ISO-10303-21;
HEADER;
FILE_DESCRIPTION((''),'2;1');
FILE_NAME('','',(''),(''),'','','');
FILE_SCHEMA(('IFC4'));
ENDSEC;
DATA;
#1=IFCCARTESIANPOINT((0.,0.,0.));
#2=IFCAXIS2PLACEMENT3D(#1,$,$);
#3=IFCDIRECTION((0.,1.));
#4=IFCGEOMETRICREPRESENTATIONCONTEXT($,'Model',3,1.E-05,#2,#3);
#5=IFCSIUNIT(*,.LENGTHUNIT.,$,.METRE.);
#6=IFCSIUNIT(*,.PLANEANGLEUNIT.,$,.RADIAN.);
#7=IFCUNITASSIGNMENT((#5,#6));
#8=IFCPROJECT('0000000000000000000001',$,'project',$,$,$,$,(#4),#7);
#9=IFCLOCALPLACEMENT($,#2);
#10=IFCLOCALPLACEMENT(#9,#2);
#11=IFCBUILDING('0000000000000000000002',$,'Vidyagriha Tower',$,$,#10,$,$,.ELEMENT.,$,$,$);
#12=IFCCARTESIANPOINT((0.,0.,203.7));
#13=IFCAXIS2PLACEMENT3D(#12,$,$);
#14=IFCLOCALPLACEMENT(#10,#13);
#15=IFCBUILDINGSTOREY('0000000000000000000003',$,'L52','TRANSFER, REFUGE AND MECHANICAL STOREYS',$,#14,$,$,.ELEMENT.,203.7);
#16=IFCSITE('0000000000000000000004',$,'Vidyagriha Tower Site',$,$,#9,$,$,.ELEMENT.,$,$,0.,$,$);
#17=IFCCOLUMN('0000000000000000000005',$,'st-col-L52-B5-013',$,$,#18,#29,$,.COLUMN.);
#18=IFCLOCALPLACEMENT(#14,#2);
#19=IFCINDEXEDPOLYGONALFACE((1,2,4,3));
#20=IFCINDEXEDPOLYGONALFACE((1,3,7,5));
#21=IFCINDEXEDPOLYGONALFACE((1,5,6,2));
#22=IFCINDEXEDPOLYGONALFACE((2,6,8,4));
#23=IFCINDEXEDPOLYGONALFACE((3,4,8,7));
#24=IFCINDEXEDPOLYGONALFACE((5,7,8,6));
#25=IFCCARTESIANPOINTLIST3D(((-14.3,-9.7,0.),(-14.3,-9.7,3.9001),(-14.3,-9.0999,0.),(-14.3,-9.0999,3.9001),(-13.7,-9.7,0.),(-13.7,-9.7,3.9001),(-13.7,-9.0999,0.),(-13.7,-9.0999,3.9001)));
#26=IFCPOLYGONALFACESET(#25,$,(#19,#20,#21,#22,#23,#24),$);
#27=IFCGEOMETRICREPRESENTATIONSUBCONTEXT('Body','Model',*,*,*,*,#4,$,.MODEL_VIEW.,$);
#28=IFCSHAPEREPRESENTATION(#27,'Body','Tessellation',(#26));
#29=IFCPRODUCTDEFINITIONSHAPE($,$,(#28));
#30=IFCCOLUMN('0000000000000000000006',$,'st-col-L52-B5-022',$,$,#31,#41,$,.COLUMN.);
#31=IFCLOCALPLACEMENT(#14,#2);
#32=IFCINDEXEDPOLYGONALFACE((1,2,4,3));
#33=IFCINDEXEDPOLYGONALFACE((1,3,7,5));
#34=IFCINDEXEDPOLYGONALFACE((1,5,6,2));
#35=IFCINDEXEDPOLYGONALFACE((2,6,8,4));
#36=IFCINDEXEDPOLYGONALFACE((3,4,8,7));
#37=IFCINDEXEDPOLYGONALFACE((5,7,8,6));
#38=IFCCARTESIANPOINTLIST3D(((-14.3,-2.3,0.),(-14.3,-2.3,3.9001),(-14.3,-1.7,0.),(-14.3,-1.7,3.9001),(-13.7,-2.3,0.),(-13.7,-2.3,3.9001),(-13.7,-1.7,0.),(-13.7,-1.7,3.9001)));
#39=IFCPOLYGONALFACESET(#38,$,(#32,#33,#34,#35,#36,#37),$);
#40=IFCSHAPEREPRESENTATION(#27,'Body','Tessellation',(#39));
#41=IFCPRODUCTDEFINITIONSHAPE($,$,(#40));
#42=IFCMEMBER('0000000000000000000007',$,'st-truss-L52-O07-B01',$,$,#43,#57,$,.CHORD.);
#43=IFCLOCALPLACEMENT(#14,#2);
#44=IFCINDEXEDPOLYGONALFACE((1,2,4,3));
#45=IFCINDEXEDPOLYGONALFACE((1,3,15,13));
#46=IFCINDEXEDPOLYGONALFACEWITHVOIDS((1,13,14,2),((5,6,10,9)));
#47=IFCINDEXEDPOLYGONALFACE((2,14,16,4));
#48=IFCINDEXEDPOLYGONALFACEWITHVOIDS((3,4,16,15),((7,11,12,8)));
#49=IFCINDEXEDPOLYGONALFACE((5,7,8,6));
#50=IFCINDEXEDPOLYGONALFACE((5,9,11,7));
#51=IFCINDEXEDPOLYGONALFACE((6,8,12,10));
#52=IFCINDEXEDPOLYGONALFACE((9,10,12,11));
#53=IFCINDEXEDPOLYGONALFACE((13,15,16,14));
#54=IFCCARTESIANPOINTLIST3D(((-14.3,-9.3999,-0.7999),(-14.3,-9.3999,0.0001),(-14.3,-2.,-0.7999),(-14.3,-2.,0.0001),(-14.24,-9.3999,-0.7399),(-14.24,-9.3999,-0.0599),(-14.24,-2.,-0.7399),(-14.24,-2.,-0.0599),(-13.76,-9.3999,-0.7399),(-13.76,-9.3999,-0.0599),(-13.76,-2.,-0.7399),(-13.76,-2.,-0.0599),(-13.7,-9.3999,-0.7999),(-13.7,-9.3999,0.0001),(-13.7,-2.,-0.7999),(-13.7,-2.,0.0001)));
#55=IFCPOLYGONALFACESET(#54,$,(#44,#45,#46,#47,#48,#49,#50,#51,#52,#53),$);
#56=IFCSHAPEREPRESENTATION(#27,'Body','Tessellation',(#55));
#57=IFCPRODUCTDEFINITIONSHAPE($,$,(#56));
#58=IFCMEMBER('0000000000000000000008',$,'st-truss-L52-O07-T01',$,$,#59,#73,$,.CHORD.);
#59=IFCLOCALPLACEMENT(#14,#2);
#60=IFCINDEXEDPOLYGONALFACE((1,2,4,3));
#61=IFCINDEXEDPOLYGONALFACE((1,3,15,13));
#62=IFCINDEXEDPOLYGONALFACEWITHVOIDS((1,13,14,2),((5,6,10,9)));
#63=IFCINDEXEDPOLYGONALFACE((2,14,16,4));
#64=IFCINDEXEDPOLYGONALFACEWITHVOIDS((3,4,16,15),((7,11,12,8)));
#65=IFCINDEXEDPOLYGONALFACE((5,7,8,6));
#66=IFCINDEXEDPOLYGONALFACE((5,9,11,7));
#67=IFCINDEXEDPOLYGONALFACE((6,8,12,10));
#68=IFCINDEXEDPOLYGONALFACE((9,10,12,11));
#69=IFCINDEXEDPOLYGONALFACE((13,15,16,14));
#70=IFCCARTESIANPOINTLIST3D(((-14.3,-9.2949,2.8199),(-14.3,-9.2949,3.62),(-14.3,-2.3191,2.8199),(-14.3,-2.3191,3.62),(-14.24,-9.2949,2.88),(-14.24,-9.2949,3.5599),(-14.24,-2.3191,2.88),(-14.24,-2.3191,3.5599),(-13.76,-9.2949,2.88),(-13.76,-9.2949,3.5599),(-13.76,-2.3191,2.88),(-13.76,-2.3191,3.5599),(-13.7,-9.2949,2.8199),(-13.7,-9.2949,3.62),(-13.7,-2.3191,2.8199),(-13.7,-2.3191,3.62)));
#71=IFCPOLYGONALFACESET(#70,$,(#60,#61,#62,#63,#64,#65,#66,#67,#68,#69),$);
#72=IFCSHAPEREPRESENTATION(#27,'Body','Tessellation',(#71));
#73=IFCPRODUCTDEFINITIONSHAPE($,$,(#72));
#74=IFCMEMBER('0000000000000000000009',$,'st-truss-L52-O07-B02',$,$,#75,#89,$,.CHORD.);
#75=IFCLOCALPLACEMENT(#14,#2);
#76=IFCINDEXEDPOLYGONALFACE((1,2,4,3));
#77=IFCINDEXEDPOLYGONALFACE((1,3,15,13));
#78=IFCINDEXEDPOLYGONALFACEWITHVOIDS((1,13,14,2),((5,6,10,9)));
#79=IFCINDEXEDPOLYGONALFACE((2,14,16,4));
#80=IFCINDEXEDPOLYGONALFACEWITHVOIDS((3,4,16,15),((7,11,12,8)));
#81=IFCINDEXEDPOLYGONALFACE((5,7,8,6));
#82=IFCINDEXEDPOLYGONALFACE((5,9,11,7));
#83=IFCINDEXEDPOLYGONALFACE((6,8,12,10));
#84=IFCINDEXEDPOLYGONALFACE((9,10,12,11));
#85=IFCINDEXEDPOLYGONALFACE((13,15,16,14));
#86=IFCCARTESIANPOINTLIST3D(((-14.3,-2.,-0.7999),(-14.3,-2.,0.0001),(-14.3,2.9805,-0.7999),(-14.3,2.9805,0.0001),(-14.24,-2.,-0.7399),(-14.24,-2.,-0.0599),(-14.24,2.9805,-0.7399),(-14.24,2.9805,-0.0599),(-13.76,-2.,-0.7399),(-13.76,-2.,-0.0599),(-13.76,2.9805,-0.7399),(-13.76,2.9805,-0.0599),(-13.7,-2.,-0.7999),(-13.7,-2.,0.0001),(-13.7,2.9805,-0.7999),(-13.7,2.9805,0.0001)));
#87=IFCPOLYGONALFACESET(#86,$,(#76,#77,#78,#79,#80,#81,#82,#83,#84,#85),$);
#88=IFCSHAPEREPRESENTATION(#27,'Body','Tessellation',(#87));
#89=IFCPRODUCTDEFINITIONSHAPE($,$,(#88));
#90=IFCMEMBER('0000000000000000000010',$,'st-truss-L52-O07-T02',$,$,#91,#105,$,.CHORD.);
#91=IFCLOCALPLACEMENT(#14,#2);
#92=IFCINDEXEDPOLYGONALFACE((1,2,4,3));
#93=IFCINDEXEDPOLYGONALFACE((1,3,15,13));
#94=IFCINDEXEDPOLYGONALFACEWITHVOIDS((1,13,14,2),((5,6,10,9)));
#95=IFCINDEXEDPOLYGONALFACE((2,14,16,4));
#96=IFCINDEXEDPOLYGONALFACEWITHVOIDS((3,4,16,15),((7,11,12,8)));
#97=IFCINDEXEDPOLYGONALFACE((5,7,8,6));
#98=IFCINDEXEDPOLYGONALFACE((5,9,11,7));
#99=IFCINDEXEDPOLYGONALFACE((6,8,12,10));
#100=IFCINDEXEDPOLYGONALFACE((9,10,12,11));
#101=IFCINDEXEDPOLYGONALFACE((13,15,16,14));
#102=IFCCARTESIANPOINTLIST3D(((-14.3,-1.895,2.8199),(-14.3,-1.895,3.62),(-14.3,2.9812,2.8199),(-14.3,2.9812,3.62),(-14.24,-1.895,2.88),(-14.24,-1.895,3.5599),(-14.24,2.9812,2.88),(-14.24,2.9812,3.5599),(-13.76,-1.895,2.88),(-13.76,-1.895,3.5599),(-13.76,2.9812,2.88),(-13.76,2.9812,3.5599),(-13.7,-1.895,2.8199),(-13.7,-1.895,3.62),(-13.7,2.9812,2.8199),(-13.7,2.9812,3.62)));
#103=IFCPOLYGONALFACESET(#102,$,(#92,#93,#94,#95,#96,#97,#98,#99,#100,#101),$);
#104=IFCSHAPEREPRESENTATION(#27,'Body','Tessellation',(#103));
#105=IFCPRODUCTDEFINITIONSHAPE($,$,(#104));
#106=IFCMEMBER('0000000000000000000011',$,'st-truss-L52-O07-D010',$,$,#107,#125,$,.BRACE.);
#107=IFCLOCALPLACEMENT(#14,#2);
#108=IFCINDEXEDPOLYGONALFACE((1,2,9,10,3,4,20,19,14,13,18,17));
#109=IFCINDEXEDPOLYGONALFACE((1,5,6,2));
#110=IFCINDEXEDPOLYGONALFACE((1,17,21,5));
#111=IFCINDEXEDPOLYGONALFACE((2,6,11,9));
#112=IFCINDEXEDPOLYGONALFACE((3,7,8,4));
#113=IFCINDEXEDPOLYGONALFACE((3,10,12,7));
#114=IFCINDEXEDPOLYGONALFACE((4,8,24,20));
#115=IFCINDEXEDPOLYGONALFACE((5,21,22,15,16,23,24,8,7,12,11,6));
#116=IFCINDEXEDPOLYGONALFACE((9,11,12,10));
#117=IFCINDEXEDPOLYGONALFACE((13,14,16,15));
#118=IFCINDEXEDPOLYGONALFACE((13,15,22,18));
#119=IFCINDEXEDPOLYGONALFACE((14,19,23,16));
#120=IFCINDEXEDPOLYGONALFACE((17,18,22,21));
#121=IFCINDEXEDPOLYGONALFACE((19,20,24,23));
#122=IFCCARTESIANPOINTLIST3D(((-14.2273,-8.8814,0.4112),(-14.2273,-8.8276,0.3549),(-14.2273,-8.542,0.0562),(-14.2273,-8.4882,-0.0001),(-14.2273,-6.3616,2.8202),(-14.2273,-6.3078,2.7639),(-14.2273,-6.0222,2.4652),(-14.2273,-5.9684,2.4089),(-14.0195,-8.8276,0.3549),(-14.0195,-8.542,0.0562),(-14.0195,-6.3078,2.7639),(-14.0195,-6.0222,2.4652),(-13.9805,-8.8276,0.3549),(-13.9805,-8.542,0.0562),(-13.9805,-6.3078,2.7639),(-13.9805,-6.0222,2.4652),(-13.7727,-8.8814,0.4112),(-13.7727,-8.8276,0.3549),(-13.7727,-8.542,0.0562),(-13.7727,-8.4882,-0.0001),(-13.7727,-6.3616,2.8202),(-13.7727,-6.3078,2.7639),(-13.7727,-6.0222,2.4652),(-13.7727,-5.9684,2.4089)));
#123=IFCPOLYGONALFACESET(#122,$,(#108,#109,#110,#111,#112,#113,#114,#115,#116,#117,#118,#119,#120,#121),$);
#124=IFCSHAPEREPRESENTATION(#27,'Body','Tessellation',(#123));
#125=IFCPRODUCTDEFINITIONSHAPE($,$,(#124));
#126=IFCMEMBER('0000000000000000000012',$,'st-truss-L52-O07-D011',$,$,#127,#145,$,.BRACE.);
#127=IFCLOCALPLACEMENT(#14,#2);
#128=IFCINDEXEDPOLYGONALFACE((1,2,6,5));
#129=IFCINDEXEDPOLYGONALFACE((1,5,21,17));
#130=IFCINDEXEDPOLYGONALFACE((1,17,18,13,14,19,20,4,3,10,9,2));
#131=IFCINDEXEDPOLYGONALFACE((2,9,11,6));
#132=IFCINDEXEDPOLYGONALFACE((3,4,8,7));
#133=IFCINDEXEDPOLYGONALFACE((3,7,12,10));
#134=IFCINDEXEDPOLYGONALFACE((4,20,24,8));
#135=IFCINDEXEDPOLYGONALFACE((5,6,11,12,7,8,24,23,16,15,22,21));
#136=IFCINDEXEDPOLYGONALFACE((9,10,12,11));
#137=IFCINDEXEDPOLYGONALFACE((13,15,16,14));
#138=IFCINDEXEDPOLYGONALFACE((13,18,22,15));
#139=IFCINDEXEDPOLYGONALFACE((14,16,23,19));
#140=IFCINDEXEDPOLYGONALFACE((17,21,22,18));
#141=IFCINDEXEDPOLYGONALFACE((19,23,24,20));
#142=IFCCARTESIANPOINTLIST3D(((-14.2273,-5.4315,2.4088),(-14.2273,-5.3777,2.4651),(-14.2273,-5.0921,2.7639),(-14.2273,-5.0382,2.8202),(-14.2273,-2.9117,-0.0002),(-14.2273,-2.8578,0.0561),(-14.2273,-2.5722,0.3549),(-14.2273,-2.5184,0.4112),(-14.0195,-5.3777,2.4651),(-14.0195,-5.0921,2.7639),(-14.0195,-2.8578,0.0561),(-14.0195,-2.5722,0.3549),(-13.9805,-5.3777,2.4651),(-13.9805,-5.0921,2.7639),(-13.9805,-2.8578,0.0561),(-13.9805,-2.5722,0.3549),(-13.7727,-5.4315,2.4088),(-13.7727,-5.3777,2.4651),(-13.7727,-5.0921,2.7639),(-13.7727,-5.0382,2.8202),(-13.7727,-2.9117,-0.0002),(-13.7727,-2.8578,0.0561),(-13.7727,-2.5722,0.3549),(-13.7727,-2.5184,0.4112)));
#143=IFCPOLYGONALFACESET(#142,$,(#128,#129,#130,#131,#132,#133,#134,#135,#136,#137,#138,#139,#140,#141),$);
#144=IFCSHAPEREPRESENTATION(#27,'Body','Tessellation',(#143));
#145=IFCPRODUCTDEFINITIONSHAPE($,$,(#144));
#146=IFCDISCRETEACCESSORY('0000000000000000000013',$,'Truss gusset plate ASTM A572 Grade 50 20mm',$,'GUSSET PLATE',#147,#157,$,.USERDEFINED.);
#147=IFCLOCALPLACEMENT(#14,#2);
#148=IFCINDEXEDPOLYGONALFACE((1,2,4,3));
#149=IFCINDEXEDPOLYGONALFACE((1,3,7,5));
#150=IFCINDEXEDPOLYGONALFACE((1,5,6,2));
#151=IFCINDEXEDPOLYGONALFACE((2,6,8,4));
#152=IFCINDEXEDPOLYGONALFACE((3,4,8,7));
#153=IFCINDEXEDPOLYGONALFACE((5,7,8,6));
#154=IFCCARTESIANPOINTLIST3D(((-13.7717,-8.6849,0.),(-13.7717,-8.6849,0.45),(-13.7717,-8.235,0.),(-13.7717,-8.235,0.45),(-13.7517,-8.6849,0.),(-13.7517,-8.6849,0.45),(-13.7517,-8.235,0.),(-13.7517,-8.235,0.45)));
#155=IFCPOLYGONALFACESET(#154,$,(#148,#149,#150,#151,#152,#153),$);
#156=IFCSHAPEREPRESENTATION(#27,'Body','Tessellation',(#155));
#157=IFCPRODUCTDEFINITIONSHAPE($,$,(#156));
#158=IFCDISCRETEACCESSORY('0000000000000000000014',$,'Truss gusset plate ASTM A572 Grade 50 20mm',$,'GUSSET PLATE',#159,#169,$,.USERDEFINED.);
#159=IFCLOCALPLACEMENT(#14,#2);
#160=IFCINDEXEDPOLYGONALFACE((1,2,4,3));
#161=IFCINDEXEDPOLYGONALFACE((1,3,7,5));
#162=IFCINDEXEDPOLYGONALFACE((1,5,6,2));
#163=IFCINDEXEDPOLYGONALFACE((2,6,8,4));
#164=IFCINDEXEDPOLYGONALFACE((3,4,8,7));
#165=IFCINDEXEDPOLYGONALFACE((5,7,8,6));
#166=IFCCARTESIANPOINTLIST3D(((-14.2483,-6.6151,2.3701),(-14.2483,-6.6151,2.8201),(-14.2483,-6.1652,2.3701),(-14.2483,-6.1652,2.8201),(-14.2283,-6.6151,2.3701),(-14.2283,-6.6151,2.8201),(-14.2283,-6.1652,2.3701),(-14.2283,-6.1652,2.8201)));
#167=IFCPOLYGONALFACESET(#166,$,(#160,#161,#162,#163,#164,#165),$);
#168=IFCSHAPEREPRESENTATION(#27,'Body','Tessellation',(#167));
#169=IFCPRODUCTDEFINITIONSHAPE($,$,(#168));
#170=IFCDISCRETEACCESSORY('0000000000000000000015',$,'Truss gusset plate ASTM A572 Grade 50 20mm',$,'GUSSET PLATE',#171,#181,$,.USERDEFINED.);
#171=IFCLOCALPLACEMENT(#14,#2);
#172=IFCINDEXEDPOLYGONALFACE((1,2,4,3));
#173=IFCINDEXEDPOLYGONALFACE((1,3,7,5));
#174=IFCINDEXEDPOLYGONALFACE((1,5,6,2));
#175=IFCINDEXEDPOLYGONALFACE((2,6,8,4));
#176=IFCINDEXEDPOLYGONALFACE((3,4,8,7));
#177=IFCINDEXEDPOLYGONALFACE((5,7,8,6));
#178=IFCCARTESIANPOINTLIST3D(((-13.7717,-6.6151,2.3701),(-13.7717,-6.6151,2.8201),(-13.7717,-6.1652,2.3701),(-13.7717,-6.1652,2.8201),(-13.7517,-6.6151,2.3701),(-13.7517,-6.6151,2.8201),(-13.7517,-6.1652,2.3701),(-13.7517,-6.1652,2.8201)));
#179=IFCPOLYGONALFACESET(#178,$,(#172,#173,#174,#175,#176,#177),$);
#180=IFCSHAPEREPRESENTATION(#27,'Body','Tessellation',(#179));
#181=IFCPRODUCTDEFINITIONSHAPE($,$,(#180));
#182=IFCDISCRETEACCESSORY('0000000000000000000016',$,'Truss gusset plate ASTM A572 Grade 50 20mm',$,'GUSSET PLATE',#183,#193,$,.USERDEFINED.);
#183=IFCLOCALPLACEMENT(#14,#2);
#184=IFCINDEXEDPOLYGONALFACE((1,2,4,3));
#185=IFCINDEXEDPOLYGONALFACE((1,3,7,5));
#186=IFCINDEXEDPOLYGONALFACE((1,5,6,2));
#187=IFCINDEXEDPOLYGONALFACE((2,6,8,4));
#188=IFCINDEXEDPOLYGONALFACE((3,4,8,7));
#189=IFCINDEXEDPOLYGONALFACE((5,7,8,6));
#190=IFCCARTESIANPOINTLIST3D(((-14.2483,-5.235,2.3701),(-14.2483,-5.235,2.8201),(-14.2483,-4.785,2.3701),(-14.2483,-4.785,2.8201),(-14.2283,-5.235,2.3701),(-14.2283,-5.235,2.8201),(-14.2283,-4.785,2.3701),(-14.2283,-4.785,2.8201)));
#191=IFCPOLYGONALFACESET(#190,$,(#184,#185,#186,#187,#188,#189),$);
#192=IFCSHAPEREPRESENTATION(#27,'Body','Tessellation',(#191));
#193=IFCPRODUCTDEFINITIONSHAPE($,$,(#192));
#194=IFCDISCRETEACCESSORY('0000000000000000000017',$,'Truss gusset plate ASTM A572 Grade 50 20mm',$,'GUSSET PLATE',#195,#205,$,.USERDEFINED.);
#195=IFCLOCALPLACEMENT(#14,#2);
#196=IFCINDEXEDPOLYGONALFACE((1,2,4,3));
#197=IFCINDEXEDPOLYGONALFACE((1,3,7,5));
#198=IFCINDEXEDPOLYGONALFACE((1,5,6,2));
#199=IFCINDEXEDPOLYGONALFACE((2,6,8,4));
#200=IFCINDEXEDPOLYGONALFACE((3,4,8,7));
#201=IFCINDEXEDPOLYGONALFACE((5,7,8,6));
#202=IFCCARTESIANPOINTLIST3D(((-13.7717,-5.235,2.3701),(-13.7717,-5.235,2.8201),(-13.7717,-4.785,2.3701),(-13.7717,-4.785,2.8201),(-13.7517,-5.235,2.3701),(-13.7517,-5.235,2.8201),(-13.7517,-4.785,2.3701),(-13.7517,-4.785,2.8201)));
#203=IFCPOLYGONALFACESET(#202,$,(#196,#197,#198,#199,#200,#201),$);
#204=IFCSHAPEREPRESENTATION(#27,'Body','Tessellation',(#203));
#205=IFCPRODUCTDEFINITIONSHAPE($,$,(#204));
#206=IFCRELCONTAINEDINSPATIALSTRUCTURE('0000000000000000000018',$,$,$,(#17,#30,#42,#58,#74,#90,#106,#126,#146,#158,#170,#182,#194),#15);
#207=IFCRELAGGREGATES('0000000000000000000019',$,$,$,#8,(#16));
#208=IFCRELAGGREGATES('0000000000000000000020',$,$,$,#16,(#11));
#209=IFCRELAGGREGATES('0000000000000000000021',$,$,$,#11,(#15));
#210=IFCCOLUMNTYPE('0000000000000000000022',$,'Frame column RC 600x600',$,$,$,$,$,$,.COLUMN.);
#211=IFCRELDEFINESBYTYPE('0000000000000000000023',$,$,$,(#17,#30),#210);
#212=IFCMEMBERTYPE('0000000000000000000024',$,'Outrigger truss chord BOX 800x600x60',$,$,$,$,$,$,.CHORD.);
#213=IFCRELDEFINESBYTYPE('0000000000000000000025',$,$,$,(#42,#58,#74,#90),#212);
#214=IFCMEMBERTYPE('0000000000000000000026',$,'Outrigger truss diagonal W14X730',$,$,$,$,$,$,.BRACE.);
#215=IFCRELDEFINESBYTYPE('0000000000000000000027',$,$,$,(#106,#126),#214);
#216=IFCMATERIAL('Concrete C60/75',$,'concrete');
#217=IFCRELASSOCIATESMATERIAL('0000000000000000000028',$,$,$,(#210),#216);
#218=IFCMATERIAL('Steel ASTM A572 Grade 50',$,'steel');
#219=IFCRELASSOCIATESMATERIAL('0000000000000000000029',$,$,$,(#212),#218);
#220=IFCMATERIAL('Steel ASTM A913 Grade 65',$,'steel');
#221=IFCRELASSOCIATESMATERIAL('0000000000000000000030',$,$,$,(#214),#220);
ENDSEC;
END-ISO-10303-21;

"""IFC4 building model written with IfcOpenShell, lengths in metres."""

from ifc_helpers import new_model, si_unit, direction, frame, origin, origin_2d, place, context, subcontext, project, spatial, rectangle, hollow_rectangle, i_section, extrude, material, material_profile, profile_set, type_object, element, save


model = new_model("IFC4")

# Units and contexts
model_context = context("Model", 3, precision=1e-05, world=origin(), true_north=direction((0.0, 1.0)))
body_context = subcontext(model_context, "Body", "Model", "MODEL_VIEW")
ifc_project = project(units=[si_unit("LENGTHUNIT", "METRE"), si_unit("PLANEANGLEUNIT", "RADIAN")], contexts=[model_context])

# Site, building, storey
site_placement = place(None, origin())
site = spatial("IfcSite", under=ifc_project, at=site_placement, Name="Vidyagriha Tower Site", CompositionType="ELEMENT", RefElevation=0.0)
building_placement = place(site_placement, origin())
building = spatial("IfcBuilding", under=site, at=building_placement, Name="Vidyagriha Tower", CompositionType="ELEMENT")
storey_placement = place(building_placement, frame((0.0, 0.0, 203.7)))
storey = spatial("IfcBuildingStorey", under=building, at=storey_placement, Name="L52", Description="TRANSFER, REFUGE AND MECHANICAL STOREYS", CompositionType="ELEMENT", Elevation=203.7)

# Columns
ifc_material_1 = material(Name="Concrete C60/75", Category="concrete")
ifc_material_profile_1 = material_profile(ifc_material_1, rectangle(XDim=0.6001, YDim=0.6001, at=origin_2d()), Name="RC 600x600")
ifc_profile_set_1 = profile_set([ifc_material_profile_1], Name="Concrete C60/75")
column_type = type_object("IfcColumnType", Name="Frame column RC 600x600", PredefinedType="COLUMN", material=ifc_profile_set_1)
for number, where, name in (
    (1, (-14.0, -9.3999, 0.0), "st-col-L52-B5-013"),
    (2, (-14.0, -2.0, 0.0), "st-col-L52-B5-022"),
):
    element("IfcColumn", number, at=place(storey_placement, frame(where)), inside=storey, type_object=column_type, Name=name, PredefinedType="COLUMN", context=body_context, shape_type="SweptSolid", body=[
        extrude(rectangle(XDim=0.6001, YDim=0.6001, at=origin_2d()), origin(), (0.0, 0.0, 1.0), 3.9001),
    ])

# Members
ifc_material_2 = material(Name="Steel ASTM A572 Grade 50", Category="steel")
ifc_material_profile_2 = material_profile(ifc_material_2, hollow_rectangle(XDim=0.6001, YDim=0.8, WallThickness=0.0601, at=origin_2d()), Name="BOX 800x600x60")
ifc_profile_set_2 = profile_set([ifc_material_profile_2], Name="Steel ASTM A572 Grade 50")
member_type_1 = type_object("IfcMemberType", Name="Outrigger truss chord BOX 800x600x60", PredefinedType="CHORD", material=ifc_profile_set_2)
member_1_placement = place(storey_placement, frame((-14.0, -9.3999, -0.3999), z_axis=(0.0, 1.0, 0.0), x_axis=(-1.0, 0.0, 0.0)))
element("IfcMember", 3, at=member_1_placement, inside=storey, type_object=member_type_1, Name="st-truss-L52-O07-B01", PredefinedType="CHORD", context=body_context, shape_type="SweptSolid", body=[
    extrude(hollow_rectangle(XDim=0.6001, YDim=0.8, WallThickness=0.0601, at=origin_2d()), origin(), (0.0, 0.0, 1.0), 7.3999),
])
member_2_placement = place(storey_placement, frame((-14.0, -9.2949, 3.22), z_axis=(0.0, 1.0, 0.0), x_axis=(-1.0, 0.0, 0.0)))
element("IfcMember", 4, at=member_2_placement, inside=storey, type_object=member_type_1, Name="st-truss-L52-O07-T01", PredefinedType="CHORD", context=body_context, shape_type="SweptSolid", body=[
    extrude(hollow_rectangle(XDim=0.6001, YDim=0.8, WallThickness=0.0601, at=origin_2d()), origin(), (0.0, 0.0, 1.0), 6.9758),
])
member_3_placement = place(storey_placement, frame((-14.0, -2.0, -0.3999), z_axis=(0.0, 1.0, 0.0), x_axis=(-1.0, 0.0, 0.0)))
element("IfcMember", 5, at=member_3_placement, inside=storey, type_object=member_type_1, Name="st-truss-L52-O07-B02", PredefinedType="CHORD", context=body_context, shape_type="SweptSolid", body=[
    extrude(hollow_rectangle(XDim=0.6001, YDim=0.8, WallThickness=0.0601, at=origin_2d()), origin(), (0.0, 0.0, 1.0), 4.9805),
])
member_4_placement = place(storey_placement, frame((-14.0, -1.895, 3.22), z_axis=(0.0, 1.0, 0.0), x_axis=(-1.0, 0.0, 0.0)))
element("IfcMember", 6, at=member_4_placement, inside=storey, type_object=member_type_1, Name="st-truss-L52-O07-T02", PredefinedType="CHORD", context=body_context, shape_type="SweptSolid", body=[
    extrude(hollow_rectangle(XDim=0.6001, YDim=0.8, WallThickness=0.0601, at=origin_2d()), origin(), (0.0, 0.0, 1.0), 4.8762),
])
ifc_material_3 = material(Name="Steel ASTM A913 Grade 65", Category="steel")
ifc_material_profile_3 = material_profile(ifc_material_3, i_section(OverallWidth=0.4546, OverallDepth=0.5691, WebThickness=0.0391, FlangeThickness=0.0779, at=origin_2d()), Name="W14X730")
ifc_profile_set_3 = profile_set([ifc_material_profile_3], Name="Steel ASTM A913 Grade 65")
member_type_2 = type_object("IfcMemberType", Name="Outrigger truss diagonal W14X730", PredefinedType="BRACE", material=ifc_profile_set_3)
for number, where, z_axis, x_axis, name in (
    (7, (-14.0, -8.6848, 0.2056), (0.0, 0.722826, 0.69103), (-1.0, 0.0, 0.0), "st-truss-L52-O07-D010"),
    (8, (-14.0, -5.2349, 2.6145), (0.0, 0.722826, -0.69103), (-1.0, 0.0, 0.0), "st-truss-L52-O07-D011"),
):
    element("IfcMember", number, at=place(storey_placement, frame(where, z_axis=z_axis, x_axis=x_axis)), inside=storey, type_object=member_type_2, Name=name, PredefinedType="BRACE", context=body_context, shape_type="SweptSolid", body=[
        extrude(i_section(OverallWidth=0.4546, OverallDepth=0.5691, WebThickness=0.0391, FlangeThickness=0.0779, at=origin_2d()), origin(), (0.0, 0.0, 1.0), 3.4861),
    ])

# Discrete accessories
for number, where, z_axis, x_axis, name in (
    (9, (-13.7617, -8.46, 0.0), (0.0, 0.0, 1.0), (0.0, 1.0, 0.0), "Truss gusset plate ASTM A572 Grade 50 20mm"),
    (10, (-14.2383, -6.3901, 2.3701), (0.0, 0.0, 1.0), (0.0, 1.0, 0.0), "Truss gusset plate ASTM A572 Grade 50 20mm"),
    (11, (-13.7617, -6.3901, 2.3701), (0.0, 0.0, 1.0), (0.0, 1.0, 0.0), "Truss gusset plate ASTM A572 Grade 50 20mm"),
    (12, (-14.2383, -5.01, 2.3701), (0.0, 0.0, 1.0), (0.0, 1.0, 0.0), "Truss gusset plate ASTM A572 Grade 50 20mm"),
    (13, (-13.7617, -5.01, 2.3701), (0.0, 0.0, 1.0), (0.0, 1.0, 0.0), "Truss gusset plate ASTM A572 Grade 50 20mm"),
):
    element("IfcDiscreteAccessory", number, at=place(storey_placement, frame(where, z_axis=z_axis, x_axis=x_axis)), inside=storey, Name=name, ObjectType="GUSSET PLATE", PredefinedType="USERDEFINED", context=body_context, shape_type="SweptSolid", body=[
        extrude(rectangle(XDim=0.45, YDim=0.02, at=origin_2d()), origin(), (0.0, 0.0, 1.0), 0.45),
    ])

save(model, "model.ifc")
